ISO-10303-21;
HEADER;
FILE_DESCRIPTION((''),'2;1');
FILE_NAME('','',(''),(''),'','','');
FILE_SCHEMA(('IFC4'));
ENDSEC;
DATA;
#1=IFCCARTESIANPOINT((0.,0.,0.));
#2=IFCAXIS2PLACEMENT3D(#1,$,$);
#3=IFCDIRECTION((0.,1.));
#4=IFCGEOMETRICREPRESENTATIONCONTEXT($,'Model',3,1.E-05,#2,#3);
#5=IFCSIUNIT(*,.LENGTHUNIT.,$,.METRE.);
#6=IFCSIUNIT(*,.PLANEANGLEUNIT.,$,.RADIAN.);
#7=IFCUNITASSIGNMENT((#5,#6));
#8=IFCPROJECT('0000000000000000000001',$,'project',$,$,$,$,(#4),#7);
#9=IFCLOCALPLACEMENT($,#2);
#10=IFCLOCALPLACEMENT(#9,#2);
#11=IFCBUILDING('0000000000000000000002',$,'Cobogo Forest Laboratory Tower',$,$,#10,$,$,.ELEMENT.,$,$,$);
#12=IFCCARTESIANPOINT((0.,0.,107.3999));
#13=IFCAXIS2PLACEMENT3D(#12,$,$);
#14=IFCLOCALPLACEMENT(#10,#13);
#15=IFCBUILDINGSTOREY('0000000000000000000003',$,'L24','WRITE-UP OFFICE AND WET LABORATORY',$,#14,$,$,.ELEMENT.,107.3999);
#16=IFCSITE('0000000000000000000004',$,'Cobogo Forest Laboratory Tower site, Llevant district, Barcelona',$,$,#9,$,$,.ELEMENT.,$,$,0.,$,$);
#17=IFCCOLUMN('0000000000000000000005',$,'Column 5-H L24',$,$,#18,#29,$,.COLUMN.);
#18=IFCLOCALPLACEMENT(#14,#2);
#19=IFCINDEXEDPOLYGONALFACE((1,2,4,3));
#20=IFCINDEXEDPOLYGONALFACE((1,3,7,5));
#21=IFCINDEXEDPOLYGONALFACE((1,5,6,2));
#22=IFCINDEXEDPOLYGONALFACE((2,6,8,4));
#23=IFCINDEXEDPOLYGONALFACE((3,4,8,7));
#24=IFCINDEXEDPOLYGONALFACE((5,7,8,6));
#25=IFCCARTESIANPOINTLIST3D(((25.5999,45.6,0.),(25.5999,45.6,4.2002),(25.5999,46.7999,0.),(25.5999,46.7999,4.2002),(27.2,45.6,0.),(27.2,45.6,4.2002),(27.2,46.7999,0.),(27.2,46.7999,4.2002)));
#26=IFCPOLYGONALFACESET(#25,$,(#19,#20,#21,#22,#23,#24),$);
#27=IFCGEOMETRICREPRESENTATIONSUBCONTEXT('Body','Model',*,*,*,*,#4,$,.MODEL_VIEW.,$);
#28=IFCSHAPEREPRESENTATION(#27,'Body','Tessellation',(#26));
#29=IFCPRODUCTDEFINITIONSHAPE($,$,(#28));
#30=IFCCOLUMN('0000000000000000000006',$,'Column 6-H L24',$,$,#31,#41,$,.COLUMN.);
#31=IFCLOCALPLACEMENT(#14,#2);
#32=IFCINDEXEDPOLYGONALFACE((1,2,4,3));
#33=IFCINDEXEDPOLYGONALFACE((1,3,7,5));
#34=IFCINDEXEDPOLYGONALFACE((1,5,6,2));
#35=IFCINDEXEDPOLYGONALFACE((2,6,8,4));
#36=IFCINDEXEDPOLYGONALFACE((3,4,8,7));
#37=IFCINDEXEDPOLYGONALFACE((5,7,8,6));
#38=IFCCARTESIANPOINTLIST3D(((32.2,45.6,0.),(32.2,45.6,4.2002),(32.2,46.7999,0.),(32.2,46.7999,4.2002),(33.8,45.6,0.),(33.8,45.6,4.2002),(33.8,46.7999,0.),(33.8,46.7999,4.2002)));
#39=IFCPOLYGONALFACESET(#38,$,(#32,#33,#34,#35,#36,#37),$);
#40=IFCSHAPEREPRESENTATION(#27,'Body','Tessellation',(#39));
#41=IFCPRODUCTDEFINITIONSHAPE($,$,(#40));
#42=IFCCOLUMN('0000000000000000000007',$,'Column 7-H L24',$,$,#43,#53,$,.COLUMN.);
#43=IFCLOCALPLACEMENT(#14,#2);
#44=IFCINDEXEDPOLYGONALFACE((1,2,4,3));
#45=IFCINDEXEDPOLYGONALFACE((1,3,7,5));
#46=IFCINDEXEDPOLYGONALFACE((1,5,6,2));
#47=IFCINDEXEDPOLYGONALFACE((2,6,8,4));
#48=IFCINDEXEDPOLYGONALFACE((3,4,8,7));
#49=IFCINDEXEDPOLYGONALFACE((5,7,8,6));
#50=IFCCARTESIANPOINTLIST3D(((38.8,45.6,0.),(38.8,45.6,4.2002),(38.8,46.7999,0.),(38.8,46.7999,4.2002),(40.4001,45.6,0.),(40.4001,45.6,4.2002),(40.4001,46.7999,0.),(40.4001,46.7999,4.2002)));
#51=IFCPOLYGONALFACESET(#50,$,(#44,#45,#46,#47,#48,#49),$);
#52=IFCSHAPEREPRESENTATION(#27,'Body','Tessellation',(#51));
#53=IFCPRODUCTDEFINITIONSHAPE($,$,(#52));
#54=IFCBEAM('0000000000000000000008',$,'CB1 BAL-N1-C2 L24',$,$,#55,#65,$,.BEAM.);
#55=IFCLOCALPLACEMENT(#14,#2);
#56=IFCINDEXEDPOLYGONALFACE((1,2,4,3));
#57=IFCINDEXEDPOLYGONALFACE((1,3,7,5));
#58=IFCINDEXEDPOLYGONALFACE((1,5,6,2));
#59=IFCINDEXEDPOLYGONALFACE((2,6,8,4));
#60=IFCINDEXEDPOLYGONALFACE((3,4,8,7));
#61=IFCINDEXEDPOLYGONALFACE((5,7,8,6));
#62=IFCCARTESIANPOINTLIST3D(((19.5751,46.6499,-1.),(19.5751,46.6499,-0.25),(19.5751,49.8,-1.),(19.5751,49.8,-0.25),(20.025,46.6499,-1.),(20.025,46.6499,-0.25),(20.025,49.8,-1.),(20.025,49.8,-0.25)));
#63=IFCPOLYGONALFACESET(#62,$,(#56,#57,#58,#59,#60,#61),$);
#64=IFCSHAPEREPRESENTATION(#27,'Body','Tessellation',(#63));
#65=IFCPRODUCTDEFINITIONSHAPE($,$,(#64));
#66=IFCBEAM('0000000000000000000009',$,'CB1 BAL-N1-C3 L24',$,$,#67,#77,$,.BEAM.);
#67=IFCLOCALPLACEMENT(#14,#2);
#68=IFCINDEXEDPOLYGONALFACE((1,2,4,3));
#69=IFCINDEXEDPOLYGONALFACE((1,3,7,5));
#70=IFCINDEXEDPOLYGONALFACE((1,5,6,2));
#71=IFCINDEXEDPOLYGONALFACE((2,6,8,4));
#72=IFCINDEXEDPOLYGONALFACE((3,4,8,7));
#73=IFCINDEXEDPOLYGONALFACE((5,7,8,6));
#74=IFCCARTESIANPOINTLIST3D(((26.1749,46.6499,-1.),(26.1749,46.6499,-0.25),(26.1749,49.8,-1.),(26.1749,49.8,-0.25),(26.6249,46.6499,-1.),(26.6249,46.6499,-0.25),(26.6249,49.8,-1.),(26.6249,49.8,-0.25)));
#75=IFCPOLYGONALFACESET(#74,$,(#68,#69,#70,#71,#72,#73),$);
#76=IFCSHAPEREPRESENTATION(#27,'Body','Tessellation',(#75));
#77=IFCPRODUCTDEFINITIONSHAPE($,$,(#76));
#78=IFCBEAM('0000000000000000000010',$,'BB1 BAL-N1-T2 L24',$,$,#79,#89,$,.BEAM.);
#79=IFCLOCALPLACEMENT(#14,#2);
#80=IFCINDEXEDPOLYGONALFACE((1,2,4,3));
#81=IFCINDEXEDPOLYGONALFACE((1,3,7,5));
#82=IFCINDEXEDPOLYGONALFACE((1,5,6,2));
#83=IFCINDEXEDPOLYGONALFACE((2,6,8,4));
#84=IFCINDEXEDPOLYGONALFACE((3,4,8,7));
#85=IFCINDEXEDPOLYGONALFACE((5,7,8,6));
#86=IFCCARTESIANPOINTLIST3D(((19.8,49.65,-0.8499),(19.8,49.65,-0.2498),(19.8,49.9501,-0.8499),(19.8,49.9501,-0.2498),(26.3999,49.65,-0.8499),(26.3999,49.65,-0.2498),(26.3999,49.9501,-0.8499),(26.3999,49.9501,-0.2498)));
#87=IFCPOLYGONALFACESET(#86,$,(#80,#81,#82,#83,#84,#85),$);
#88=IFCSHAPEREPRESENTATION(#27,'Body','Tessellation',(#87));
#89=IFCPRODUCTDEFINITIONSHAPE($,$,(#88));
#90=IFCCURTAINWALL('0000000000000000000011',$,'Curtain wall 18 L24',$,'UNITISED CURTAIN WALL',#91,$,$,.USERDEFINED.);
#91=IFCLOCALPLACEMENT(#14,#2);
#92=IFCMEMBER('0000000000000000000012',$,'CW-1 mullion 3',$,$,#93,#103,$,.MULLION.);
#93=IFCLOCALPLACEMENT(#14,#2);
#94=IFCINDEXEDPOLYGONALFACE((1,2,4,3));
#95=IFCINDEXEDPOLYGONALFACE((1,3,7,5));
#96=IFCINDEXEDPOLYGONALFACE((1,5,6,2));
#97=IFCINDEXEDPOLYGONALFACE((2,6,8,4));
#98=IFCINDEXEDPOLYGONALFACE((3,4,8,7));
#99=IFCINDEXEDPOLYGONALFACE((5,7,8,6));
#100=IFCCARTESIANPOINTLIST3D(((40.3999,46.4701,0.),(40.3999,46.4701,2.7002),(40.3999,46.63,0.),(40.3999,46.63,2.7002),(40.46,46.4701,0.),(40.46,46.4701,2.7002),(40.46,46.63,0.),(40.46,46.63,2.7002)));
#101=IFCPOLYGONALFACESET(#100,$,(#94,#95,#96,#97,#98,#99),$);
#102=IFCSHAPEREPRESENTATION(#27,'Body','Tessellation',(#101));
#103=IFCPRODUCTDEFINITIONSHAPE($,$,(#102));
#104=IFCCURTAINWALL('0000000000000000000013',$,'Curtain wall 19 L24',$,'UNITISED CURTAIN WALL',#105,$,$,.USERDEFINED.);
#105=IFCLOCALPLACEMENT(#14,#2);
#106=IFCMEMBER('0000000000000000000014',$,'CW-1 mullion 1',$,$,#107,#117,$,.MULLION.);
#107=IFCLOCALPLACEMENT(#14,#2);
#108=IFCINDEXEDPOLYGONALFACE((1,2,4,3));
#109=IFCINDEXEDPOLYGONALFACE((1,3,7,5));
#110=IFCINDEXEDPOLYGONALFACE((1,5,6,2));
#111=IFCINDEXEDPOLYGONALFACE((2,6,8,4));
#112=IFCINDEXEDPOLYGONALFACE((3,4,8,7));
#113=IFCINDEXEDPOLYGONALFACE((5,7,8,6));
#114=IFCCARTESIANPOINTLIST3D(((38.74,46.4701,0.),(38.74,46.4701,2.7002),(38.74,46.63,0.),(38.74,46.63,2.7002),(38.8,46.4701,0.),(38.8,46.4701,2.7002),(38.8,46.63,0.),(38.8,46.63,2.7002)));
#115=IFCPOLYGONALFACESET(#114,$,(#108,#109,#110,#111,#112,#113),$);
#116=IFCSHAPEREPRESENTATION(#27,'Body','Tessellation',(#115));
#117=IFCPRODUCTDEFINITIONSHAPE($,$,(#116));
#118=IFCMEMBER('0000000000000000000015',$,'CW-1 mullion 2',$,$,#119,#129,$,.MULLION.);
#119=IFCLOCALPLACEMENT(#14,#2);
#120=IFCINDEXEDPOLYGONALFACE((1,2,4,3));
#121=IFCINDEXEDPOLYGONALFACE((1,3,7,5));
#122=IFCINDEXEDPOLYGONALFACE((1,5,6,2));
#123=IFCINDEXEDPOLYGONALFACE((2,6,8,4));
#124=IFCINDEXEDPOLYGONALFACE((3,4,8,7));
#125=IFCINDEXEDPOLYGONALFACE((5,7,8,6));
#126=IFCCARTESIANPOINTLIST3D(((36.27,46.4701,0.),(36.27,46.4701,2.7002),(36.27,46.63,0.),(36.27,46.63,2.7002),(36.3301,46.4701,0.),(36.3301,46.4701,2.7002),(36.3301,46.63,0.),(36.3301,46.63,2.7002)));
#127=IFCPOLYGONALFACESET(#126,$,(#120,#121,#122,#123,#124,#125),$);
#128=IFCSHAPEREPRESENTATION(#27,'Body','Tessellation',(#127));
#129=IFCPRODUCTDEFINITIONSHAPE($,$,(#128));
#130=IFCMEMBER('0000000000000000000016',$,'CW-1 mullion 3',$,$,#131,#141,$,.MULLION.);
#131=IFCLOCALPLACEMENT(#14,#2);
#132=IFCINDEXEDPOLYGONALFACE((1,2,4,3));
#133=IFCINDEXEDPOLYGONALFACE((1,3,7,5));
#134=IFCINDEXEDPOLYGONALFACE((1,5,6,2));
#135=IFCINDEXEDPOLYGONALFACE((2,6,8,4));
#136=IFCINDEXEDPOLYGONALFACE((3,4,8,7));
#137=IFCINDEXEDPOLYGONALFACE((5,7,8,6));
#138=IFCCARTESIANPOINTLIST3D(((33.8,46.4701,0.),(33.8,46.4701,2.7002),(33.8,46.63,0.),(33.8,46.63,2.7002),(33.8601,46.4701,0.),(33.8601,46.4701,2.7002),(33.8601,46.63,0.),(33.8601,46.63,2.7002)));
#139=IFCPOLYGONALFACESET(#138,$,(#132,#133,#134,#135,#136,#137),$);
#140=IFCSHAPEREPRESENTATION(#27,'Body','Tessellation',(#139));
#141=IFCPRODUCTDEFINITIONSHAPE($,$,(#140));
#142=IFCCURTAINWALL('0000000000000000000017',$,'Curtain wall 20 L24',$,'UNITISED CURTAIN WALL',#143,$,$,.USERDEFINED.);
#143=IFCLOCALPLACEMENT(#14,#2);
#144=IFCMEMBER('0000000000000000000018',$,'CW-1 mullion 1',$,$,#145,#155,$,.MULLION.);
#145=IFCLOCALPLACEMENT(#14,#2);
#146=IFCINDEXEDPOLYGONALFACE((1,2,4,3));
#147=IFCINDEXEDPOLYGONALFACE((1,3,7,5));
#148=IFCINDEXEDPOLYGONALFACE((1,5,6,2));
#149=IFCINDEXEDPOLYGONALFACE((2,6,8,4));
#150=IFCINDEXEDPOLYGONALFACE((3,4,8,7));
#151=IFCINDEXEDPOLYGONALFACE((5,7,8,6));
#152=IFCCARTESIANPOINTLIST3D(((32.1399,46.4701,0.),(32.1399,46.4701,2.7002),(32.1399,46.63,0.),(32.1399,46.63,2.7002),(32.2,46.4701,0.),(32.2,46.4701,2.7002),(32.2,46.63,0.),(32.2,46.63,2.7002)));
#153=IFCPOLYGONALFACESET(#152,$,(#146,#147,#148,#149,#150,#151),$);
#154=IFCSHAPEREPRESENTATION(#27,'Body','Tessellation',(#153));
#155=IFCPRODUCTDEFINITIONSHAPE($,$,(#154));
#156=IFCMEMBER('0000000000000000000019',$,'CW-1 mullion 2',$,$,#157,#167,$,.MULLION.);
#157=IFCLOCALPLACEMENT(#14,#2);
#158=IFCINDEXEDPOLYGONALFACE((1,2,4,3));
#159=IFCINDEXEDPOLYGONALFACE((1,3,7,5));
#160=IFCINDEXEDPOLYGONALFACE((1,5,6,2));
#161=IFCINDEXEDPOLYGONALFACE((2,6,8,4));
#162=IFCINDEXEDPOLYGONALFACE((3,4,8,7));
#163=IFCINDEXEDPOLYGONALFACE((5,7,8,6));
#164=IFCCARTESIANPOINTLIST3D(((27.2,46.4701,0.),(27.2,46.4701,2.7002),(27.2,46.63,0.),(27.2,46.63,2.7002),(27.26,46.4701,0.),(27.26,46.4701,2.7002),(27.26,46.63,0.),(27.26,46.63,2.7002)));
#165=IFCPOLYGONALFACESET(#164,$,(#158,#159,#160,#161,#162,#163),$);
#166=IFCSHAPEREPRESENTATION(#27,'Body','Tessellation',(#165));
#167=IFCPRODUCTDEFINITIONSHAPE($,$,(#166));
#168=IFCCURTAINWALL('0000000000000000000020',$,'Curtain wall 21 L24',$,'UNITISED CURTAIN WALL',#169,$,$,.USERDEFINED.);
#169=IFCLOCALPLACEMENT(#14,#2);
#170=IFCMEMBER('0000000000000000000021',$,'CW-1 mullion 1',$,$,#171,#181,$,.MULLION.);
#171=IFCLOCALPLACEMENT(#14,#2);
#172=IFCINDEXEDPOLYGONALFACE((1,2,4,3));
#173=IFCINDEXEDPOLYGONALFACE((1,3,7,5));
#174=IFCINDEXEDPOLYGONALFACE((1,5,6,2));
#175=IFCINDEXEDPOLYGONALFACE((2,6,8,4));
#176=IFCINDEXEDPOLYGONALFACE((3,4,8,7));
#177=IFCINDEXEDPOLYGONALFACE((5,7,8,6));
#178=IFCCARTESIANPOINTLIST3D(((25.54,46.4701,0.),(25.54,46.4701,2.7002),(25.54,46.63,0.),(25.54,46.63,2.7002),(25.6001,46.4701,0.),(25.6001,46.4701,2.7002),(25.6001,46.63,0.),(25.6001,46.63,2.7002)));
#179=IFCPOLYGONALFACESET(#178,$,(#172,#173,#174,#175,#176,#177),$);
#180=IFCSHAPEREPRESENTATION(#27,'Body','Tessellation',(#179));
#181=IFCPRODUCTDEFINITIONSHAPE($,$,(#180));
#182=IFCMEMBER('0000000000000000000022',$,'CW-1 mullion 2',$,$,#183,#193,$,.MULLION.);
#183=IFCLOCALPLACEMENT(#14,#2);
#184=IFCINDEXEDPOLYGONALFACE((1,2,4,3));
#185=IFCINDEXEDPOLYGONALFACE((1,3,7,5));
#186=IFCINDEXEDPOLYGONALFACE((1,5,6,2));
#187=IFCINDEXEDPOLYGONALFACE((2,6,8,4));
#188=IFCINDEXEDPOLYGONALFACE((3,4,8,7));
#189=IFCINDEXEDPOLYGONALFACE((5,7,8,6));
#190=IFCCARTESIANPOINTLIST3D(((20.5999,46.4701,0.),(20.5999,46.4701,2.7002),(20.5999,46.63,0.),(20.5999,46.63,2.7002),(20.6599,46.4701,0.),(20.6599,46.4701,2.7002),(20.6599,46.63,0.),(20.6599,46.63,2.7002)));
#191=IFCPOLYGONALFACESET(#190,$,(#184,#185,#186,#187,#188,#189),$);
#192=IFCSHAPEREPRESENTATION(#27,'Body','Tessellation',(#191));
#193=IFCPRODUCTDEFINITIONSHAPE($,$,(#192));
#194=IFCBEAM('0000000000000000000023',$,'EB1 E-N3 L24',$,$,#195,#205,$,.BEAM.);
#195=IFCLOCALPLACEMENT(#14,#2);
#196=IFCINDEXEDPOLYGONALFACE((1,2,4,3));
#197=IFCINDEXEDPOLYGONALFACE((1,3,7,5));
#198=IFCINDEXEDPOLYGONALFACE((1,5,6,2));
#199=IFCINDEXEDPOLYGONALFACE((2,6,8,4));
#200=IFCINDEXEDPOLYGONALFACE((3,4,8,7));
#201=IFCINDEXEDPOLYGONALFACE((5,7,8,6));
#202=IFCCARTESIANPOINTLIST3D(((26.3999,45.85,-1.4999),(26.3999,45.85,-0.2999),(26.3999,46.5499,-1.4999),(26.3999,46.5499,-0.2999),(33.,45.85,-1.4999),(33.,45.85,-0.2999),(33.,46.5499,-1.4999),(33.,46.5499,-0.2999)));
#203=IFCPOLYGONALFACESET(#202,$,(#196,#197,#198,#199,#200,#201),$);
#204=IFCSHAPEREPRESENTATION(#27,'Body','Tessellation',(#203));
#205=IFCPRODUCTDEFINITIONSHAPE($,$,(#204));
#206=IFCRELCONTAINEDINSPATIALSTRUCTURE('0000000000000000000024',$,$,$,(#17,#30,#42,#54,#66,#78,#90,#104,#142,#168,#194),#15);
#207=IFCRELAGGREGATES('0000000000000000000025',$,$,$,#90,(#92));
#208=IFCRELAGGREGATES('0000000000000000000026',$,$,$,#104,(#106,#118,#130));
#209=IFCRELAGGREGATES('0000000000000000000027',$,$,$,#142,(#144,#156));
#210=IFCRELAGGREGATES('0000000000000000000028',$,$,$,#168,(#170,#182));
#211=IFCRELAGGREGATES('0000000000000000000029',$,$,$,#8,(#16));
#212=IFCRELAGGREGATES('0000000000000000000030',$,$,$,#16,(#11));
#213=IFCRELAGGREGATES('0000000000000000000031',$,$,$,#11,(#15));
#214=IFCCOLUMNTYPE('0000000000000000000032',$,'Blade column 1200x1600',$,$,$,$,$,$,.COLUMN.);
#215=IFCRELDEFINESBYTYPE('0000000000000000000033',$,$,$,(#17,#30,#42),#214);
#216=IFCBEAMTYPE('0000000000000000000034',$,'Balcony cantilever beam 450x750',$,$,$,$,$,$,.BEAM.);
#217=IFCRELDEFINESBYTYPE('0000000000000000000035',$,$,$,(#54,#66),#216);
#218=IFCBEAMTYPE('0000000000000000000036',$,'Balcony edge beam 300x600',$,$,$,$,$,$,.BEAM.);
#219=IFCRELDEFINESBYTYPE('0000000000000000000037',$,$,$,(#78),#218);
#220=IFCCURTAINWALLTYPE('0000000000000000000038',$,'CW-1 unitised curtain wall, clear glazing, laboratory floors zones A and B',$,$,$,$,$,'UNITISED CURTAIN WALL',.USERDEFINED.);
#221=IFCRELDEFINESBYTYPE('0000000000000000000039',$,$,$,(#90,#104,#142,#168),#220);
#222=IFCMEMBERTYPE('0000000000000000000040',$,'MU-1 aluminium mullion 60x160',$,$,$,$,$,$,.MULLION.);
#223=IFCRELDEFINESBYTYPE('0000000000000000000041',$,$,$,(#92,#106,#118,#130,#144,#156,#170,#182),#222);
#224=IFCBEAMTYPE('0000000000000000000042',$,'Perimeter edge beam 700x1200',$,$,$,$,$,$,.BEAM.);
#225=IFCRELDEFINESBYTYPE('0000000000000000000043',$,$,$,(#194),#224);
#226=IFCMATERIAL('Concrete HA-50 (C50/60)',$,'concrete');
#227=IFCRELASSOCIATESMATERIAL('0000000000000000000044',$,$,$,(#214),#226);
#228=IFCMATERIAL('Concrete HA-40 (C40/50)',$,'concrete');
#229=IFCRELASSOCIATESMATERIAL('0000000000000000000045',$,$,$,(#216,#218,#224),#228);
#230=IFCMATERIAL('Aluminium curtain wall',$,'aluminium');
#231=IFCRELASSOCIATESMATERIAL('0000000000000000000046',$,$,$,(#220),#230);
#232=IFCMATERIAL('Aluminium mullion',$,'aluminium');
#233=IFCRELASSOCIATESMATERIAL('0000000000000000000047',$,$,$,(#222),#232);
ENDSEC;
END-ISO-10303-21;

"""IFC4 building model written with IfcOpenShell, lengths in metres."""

from ifc_helpers import new_model, si_unit, direction, frame, origin, origin_2d, place, context, subcontext, project, spatial, rectangle, extrude, material, material_profile, profile_set, type_object, element, aggregate, save


model = new_model("IFC4")

# Units and contexts
model_context = context("Model", 3, precision=1e-05, world=origin(), true_north=direction((0.0, 1.0)))
body_context = subcontext(model_context, "Body", "Model", "MODEL_VIEW")
ifc_project = project(units=[si_unit("LENGTHUNIT", "METRE"), si_unit("PLANEANGLEUNIT", "RADIAN")], contexts=[model_context])

# Site, building, storey
site_placement = place(None, origin())
site = spatial("IfcSite", under=ifc_project, at=site_placement, Name="Cobogo Forest Laboratory Tower site, Llevant district, Barcelona", CompositionType="ELEMENT", RefElevation=0.0)
building_placement = place(site_placement, origin())
building = spatial("IfcBuilding", under=site, at=building_placement, Name="Cobogo Forest Laboratory Tower", CompositionType="ELEMENT")
storey_placement = place(building_placement, frame((0.0, 0.0, 107.3999)))
storey = spatial("IfcBuildingStorey", under=building, at=storey_placement, Name="L24", Description="WRITE-UP OFFICE AND WET LABORATORY", CompositionType="ELEMENT", Elevation=107.3999)

# Columns
ifc_material_1 = material(Name="Concrete HA-50 (C50/60)", Category="concrete")
ifc_material_profile_1 = material_profile(ifc_material_1, rectangle(XDim=1.6001, YDim=1.2, at=origin_2d()), Name="RC 1200x1600")
ifc_profile_set_1 = profile_set([ifc_material_profile_1], Name="Concrete HA-50 (C50/60)")
column_type = type_object("IfcColumnType", Name="Blade column 1200x1600", PredefinedType="COLUMN", material=ifc_profile_set_1)
for number, where, z_axis, x_axis, name in (
    (1, (26.3999, 46.2, 0.0), (0.0, 0.0, 1.0), (1.0, 0.0, 0.0), "Column 5-H L24"),
    (2, (33.0, 46.2, 0.0), (0.0, 0.0, 1.0), (1.0, 0.0, 0.0), "Column 6-H L24"),
    (3, (39.6001, 46.2, 0.0), (0.0, 0.0, 1.0), (1.0, 0.0, 0.0), "Column 7-H L24"),
):
    element("IfcColumn", number, at=place(storey_placement, frame(where, z_axis=z_axis, x_axis=x_axis)), inside=storey, type_object=column_type, Name=name, PredefinedType="COLUMN", context=body_context, shape_type="SweptSolid", body=[
        extrude(rectangle(XDim=1.6001, YDim=1.2, at=origin_2d()), origin(), (0.0, 0.0, 1.0), 4.2002),
    ])

# Beams
ifc_material_2 = material(Name="Concrete HA-40 (C40/50)", Category="concrete")
ifc_material_profile_2 = material_profile(ifc_material_2, rectangle(XDim=0.45, YDim=0.75, at=origin_2d()), Name="RC 450x750")
ifc_profile_set_2 = profile_set([ifc_material_profile_2], Name="Concrete HA-40 (C40/50)")
beam_type_1 = type_object("IfcBeamType", Name="Balcony cantilever beam 450x750", PredefinedType="BEAM", material=ifc_profile_set_2)
for number, where, z_axis, x_axis, name in (
    (4, (19.8, 46.6499, -0.625), (0.0, 1.0, 0.0), (-1.0, 0.0, 0.0), "CB1 BAL-N1-C2 L24"),
    (5, (26.3999, 46.6499, -0.625), (0.0, 1.0, 0.0), (-1.0, 0.0, 0.0), "CB1 BAL-N1-C3 L24"),
):
    element("IfcBeam", number, at=place(storey_placement, frame(where, z_axis=z_axis, x_axis=x_axis)), inside=storey, type_object=beam_type_1, Name=name, PredefinedType="BEAM", context=body_context, shape_type="SweptSolid", body=[
        extrude(rectangle(XDim=0.45, YDim=0.75, at=origin_2d()), origin(), (0.0, 0.0, 1.0), 3.1501),
    ])
ifc_material_profile_3 = material_profile(ifc_material_2, rectangle(XDim=0.3, YDim=0.6001, at=origin_2d()), Name="RC 300x600")
ifc_profile_set_3 = profile_set([ifc_material_profile_3], Name="Concrete HA-40 (C40/50)")
beam_type_2 = type_object("IfcBeamType", Name="Balcony edge beam 300x600", PredefinedType="BEAM", material=ifc_profile_set_3)
beam_1_placement = place(storey_placement, frame((19.8, 49.8, -0.5498), z_axis=(1.0, 0.0, 0.0), x_axis=(0.0, 1.0, 0.0)))
element("IfcBeam", 6, at=beam_1_placement, inside=storey, type_object=beam_type_2, Name="BB1 BAL-N1-T2 L24", PredefinedType="BEAM", context=body_context, shape_type="SweptSolid", body=[
    extrude(rectangle(XDim=0.3, YDim=0.6001, at=origin_2d()), origin(), (0.0, 0.0, 1.0), 6.5999),
])

# Curtain wall, member
ifc_material_3 = material(Name="Aluminium curtain wall", Category="aluminium")
curtain_wall_type = type_object("IfcCurtainWallType", Name="CW-1 unitised curtain wall, clear glazing, laboratory floors zones A and B", ElementType="UNITISED CURTAIN WALL", PredefinedType="USERDEFINED", material=ifc_material_3)
curtain_wall_1_placement = place(storey_placement, origin())
curtain_wall_1 = element("IfcCurtainWall", 7, at=curtain_wall_1_placement, inside=storey, type_object=curtain_wall_type, Name="Curtain wall 18 L24", ObjectType="UNITISED CURTAIN WALL", PredefinedType="USERDEFINED")
ifc_material_4 = material(Name="Aluminium mullion", Category="aluminium")
ifc_material_profile_4 = material_profile(ifc_material_4, rectangle(XDim=0.0601, YDim=0.1599, at=origin_2d()), Name="AL 60x160")
ifc_profile_set_4 = profile_set([ifc_material_profile_4], Name="Aluminium mullion")
member_type_1 = type_object("IfcMemberType", Name="MU-1 aluminium mullion 60x160", PredefinedType="MULLION", material=ifc_profile_set_4)
member_1_placement = place(storey_placement, frame((40.4299, 46.55, 0.0), z_axis=(0.0, 0.0, 1.0), x_axis=(-1.0, 0.0, 0.0)))
member_1 = element("IfcMember", 8, at=member_1_placement, type_object=member_type_1, Name="CW-1 mullion 3", PredefinedType="MULLION", context=body_context, shape_type="SweptSolid", body=[
    extrude(rectangle(XDim=0.0601, YDim=0.1599, at=origin_2d()), origin(), (0.0, 0.0, 1.0), 2.7002),
])
aggregate(curtain_wall_1, [member_1])

# Curtain walls, members
curtain_wall_2_placement = place(storey_placement, origin())
curtain_wall_2 = element("IfcCurtainWall", 9, at=curtain_wall_2_placement, inside=storey, type_object=curtain_wall_type, Name="Curtain wall 19 L24", ObjectType="UNITISED CURTAIN WALL", PredefinedType="USERDEFINED")
member_2_placement = place(storey_placement, frame((38.77, 46.55, 0.0), z_axis=(0.0, 0.0, 1.0), x_axis=(-1.0, 0.0, 0.0)))
member_2 = element("IfcMember", 10, at=member_2_placement, type_object=member_type_1, Name="CW-1 mullion 1", PredefinedType="MULLION", context=body_context, shape_type="SweptSolid", body=[
    extrude(rectangle(XDim=0.0601, YDim=0.1599, at=origin_2d()), origin(), (0.0, 0.0, 1.0), 2.7002),
])
member_3_placement = place(storey_placement, frame((36.3, 46.55, 0.0), z_axis=(0.0, 0.0, 1.0), x_axis=(-1.0, 0.0, 0.0)))
member_3 = element("IfcMember", 11, at=member_3_placement, type_object=member_type_1, Name="CW-1 mullion 2", PredefinedType="MULLION", context=body_context, shape_type="SweptSolid", body=[
    extrude(rectangle(XDim=0.0601, YDim=0.1599, at=origin_2d()), origin(), (0.0, 0.0, 1.0), 2.7002),
])
member_4_placement = place(storey_placement, frame((33.8301, 46.55, 0.0), z_axis=(0.0, 0.0, 1.0), x_axis=(-1.0, 0.0, 0.0)))
member_4 = element("IfcMember", 12, at=member_4_placement, type_object=member_type_1, Name="CW-1 mullion 3", PredefinedType="MULLION", context=body_context, shape_type="SweptSolid", body=[
    extrude(rectangle(XDim=0.0601, YDim=0.1599, at=origin_2d()), origin(), (0.0, 0.0, 1.0), 2.7002),
])
curtain_wall_3_placement = place(storey_placement, origin())
curtain_wall_3 = element("IfcCurtainWall", 13, at=curtain_wall_3_placement, inside=storey, type_object=curtain_wall_type, Name="Curtain wall 20 L24", ObjectType="UNITISED CURTAIN WALL", PredefinedType="USERDEFINED")
member_5_placement = place(storey_placement, frame((32.1699, 46.55, 0.0), z_axis=(0.0, 0.0, 1.0), x_axis=(-1.0, 0.0, 0.0)))
member_5 = element("IfcMember", 14, at=member_5_placement, type_object=member_type_1, Name="CW-1 mullion 1", PredefinedType="MULLION", context=body_context, shape_type="SweptSolid", body=[
    extrude(rectangle(XDim=0.0601, YDim=0.1599, at=origin_2d()), origin(), (0.0, 0.0, 1.0), 2.7002),
])
member_6_placement = place(storey_placement, frame((27.23, 46.55, 0.0), z_axis=(0.0, 0.0, 1.0), x_axis=(-1.0, 0.0, 0.0)))
member_6 = element("IfcMember", 15, at=member_6_placement, type_object=member_type_1, Name="CW-1 mullion 2", PredefinedType="MULLION", context=body_context, shape_type="SweptSolid", body=[
    extrude(rectangle(XDim=0.0601, YDim=0.1599, at=origin_2d()), origin(), (0.0, 0.0, 1.0), 2.7002),
])
curtain_wall_4_placement = place(storey_placement, origin())
curtain_wall_4 = element("IfcCurtainWall", 16, at=curtain_wall_4_placement, inside=storey, type_object=curtain_wall_type, Name="Curtain wall 21 L24", ObjectType="UNITISED CURTAIN WALL", PredefinedType="USERDEFINED")
member_7_placement = place(storey_placement, frame((25.5701, 46.55, 0.0), z_axis=(0.0, 0.0, 1.0), x_axis=(-1.0, 0.0, 0.0)))
member_7 = element("IfcMember", 17, at=member_7_placement, type_object=member_type_1, Name="CW-1 mullion 1", PredefinedType="MULLION", context=body_context, shape_type="SweptSolid", body=[
    extrude(rectangle(XDim=0.0601, YDim=0.1599, at=origin_2d()), origin(), (0.0, 0.0, 1.0), 2.7002),
])
member_8_placement = place(storey_placement, frame((20.6299, 46.55, 0.0), z_axis=(0.0, 0.0, 1.0), x_axis=(-1.0, 0.0, 0.0)))
member_8 = element("IfcMember", 18, at=member_8_placement, type_object=member_type_1, Name="CW-1 mullion 2", PredefinedType="MULLION", context=body_context, shape_type="SweptSolid", body=[
    extrude(rectangle(XDim=0.0601, YDim=0.1599, at=origin_2d()), origin(), (0.0, 0.0, 1.0), 2.7002),
])

# Beam
ifc_material_profile_5 = material_profile(ifc_material_2, rectangle(XDim=0.7, YDim=1.2, at=origin_2d()), Name="RC 700x1200")
ifc_profile_set_5 = profile_set([ifc_material_profile_5], Name="Concrete HA-40 (C40/50)")
beam_type_3 = type_object("IfcBeamType", Name="Perimeter edge beam 700x1200", PredefinedType="BEAM", material=ifc_profile_set_5)
for number, where, z_axis, x_axis, name in (
    (19, (26.3999, 46.2, -0.8999), (1.0, 0.0, 0.0), (0.0, 1.0, 0.0), "EB1 E-N3 L24"),
):
    element("IfcBeam", number, at=place(storey_placement, frame(where, z_axis=z_axis, x_axis=x_axis)), inside=storey, type_object=beam_type_3, Name=name, PredefinedType="BEAM", context=body_context, shape_type="SweptSolid", body=[
        extrude(rectangle(XDim=0.7, YDim=1.2, at=origin_2d()), origin(), (0.0, 0.0, 1.0), 6.6001),
    ])

aggregate(curtain_wall_2, [member_2, member_3, member_4])
aggregate(curtain_wall_3, [member_5, member_6])
aggregate(curtain_wall_4, [member_7, member_8])

save(model, "model.ifc")
